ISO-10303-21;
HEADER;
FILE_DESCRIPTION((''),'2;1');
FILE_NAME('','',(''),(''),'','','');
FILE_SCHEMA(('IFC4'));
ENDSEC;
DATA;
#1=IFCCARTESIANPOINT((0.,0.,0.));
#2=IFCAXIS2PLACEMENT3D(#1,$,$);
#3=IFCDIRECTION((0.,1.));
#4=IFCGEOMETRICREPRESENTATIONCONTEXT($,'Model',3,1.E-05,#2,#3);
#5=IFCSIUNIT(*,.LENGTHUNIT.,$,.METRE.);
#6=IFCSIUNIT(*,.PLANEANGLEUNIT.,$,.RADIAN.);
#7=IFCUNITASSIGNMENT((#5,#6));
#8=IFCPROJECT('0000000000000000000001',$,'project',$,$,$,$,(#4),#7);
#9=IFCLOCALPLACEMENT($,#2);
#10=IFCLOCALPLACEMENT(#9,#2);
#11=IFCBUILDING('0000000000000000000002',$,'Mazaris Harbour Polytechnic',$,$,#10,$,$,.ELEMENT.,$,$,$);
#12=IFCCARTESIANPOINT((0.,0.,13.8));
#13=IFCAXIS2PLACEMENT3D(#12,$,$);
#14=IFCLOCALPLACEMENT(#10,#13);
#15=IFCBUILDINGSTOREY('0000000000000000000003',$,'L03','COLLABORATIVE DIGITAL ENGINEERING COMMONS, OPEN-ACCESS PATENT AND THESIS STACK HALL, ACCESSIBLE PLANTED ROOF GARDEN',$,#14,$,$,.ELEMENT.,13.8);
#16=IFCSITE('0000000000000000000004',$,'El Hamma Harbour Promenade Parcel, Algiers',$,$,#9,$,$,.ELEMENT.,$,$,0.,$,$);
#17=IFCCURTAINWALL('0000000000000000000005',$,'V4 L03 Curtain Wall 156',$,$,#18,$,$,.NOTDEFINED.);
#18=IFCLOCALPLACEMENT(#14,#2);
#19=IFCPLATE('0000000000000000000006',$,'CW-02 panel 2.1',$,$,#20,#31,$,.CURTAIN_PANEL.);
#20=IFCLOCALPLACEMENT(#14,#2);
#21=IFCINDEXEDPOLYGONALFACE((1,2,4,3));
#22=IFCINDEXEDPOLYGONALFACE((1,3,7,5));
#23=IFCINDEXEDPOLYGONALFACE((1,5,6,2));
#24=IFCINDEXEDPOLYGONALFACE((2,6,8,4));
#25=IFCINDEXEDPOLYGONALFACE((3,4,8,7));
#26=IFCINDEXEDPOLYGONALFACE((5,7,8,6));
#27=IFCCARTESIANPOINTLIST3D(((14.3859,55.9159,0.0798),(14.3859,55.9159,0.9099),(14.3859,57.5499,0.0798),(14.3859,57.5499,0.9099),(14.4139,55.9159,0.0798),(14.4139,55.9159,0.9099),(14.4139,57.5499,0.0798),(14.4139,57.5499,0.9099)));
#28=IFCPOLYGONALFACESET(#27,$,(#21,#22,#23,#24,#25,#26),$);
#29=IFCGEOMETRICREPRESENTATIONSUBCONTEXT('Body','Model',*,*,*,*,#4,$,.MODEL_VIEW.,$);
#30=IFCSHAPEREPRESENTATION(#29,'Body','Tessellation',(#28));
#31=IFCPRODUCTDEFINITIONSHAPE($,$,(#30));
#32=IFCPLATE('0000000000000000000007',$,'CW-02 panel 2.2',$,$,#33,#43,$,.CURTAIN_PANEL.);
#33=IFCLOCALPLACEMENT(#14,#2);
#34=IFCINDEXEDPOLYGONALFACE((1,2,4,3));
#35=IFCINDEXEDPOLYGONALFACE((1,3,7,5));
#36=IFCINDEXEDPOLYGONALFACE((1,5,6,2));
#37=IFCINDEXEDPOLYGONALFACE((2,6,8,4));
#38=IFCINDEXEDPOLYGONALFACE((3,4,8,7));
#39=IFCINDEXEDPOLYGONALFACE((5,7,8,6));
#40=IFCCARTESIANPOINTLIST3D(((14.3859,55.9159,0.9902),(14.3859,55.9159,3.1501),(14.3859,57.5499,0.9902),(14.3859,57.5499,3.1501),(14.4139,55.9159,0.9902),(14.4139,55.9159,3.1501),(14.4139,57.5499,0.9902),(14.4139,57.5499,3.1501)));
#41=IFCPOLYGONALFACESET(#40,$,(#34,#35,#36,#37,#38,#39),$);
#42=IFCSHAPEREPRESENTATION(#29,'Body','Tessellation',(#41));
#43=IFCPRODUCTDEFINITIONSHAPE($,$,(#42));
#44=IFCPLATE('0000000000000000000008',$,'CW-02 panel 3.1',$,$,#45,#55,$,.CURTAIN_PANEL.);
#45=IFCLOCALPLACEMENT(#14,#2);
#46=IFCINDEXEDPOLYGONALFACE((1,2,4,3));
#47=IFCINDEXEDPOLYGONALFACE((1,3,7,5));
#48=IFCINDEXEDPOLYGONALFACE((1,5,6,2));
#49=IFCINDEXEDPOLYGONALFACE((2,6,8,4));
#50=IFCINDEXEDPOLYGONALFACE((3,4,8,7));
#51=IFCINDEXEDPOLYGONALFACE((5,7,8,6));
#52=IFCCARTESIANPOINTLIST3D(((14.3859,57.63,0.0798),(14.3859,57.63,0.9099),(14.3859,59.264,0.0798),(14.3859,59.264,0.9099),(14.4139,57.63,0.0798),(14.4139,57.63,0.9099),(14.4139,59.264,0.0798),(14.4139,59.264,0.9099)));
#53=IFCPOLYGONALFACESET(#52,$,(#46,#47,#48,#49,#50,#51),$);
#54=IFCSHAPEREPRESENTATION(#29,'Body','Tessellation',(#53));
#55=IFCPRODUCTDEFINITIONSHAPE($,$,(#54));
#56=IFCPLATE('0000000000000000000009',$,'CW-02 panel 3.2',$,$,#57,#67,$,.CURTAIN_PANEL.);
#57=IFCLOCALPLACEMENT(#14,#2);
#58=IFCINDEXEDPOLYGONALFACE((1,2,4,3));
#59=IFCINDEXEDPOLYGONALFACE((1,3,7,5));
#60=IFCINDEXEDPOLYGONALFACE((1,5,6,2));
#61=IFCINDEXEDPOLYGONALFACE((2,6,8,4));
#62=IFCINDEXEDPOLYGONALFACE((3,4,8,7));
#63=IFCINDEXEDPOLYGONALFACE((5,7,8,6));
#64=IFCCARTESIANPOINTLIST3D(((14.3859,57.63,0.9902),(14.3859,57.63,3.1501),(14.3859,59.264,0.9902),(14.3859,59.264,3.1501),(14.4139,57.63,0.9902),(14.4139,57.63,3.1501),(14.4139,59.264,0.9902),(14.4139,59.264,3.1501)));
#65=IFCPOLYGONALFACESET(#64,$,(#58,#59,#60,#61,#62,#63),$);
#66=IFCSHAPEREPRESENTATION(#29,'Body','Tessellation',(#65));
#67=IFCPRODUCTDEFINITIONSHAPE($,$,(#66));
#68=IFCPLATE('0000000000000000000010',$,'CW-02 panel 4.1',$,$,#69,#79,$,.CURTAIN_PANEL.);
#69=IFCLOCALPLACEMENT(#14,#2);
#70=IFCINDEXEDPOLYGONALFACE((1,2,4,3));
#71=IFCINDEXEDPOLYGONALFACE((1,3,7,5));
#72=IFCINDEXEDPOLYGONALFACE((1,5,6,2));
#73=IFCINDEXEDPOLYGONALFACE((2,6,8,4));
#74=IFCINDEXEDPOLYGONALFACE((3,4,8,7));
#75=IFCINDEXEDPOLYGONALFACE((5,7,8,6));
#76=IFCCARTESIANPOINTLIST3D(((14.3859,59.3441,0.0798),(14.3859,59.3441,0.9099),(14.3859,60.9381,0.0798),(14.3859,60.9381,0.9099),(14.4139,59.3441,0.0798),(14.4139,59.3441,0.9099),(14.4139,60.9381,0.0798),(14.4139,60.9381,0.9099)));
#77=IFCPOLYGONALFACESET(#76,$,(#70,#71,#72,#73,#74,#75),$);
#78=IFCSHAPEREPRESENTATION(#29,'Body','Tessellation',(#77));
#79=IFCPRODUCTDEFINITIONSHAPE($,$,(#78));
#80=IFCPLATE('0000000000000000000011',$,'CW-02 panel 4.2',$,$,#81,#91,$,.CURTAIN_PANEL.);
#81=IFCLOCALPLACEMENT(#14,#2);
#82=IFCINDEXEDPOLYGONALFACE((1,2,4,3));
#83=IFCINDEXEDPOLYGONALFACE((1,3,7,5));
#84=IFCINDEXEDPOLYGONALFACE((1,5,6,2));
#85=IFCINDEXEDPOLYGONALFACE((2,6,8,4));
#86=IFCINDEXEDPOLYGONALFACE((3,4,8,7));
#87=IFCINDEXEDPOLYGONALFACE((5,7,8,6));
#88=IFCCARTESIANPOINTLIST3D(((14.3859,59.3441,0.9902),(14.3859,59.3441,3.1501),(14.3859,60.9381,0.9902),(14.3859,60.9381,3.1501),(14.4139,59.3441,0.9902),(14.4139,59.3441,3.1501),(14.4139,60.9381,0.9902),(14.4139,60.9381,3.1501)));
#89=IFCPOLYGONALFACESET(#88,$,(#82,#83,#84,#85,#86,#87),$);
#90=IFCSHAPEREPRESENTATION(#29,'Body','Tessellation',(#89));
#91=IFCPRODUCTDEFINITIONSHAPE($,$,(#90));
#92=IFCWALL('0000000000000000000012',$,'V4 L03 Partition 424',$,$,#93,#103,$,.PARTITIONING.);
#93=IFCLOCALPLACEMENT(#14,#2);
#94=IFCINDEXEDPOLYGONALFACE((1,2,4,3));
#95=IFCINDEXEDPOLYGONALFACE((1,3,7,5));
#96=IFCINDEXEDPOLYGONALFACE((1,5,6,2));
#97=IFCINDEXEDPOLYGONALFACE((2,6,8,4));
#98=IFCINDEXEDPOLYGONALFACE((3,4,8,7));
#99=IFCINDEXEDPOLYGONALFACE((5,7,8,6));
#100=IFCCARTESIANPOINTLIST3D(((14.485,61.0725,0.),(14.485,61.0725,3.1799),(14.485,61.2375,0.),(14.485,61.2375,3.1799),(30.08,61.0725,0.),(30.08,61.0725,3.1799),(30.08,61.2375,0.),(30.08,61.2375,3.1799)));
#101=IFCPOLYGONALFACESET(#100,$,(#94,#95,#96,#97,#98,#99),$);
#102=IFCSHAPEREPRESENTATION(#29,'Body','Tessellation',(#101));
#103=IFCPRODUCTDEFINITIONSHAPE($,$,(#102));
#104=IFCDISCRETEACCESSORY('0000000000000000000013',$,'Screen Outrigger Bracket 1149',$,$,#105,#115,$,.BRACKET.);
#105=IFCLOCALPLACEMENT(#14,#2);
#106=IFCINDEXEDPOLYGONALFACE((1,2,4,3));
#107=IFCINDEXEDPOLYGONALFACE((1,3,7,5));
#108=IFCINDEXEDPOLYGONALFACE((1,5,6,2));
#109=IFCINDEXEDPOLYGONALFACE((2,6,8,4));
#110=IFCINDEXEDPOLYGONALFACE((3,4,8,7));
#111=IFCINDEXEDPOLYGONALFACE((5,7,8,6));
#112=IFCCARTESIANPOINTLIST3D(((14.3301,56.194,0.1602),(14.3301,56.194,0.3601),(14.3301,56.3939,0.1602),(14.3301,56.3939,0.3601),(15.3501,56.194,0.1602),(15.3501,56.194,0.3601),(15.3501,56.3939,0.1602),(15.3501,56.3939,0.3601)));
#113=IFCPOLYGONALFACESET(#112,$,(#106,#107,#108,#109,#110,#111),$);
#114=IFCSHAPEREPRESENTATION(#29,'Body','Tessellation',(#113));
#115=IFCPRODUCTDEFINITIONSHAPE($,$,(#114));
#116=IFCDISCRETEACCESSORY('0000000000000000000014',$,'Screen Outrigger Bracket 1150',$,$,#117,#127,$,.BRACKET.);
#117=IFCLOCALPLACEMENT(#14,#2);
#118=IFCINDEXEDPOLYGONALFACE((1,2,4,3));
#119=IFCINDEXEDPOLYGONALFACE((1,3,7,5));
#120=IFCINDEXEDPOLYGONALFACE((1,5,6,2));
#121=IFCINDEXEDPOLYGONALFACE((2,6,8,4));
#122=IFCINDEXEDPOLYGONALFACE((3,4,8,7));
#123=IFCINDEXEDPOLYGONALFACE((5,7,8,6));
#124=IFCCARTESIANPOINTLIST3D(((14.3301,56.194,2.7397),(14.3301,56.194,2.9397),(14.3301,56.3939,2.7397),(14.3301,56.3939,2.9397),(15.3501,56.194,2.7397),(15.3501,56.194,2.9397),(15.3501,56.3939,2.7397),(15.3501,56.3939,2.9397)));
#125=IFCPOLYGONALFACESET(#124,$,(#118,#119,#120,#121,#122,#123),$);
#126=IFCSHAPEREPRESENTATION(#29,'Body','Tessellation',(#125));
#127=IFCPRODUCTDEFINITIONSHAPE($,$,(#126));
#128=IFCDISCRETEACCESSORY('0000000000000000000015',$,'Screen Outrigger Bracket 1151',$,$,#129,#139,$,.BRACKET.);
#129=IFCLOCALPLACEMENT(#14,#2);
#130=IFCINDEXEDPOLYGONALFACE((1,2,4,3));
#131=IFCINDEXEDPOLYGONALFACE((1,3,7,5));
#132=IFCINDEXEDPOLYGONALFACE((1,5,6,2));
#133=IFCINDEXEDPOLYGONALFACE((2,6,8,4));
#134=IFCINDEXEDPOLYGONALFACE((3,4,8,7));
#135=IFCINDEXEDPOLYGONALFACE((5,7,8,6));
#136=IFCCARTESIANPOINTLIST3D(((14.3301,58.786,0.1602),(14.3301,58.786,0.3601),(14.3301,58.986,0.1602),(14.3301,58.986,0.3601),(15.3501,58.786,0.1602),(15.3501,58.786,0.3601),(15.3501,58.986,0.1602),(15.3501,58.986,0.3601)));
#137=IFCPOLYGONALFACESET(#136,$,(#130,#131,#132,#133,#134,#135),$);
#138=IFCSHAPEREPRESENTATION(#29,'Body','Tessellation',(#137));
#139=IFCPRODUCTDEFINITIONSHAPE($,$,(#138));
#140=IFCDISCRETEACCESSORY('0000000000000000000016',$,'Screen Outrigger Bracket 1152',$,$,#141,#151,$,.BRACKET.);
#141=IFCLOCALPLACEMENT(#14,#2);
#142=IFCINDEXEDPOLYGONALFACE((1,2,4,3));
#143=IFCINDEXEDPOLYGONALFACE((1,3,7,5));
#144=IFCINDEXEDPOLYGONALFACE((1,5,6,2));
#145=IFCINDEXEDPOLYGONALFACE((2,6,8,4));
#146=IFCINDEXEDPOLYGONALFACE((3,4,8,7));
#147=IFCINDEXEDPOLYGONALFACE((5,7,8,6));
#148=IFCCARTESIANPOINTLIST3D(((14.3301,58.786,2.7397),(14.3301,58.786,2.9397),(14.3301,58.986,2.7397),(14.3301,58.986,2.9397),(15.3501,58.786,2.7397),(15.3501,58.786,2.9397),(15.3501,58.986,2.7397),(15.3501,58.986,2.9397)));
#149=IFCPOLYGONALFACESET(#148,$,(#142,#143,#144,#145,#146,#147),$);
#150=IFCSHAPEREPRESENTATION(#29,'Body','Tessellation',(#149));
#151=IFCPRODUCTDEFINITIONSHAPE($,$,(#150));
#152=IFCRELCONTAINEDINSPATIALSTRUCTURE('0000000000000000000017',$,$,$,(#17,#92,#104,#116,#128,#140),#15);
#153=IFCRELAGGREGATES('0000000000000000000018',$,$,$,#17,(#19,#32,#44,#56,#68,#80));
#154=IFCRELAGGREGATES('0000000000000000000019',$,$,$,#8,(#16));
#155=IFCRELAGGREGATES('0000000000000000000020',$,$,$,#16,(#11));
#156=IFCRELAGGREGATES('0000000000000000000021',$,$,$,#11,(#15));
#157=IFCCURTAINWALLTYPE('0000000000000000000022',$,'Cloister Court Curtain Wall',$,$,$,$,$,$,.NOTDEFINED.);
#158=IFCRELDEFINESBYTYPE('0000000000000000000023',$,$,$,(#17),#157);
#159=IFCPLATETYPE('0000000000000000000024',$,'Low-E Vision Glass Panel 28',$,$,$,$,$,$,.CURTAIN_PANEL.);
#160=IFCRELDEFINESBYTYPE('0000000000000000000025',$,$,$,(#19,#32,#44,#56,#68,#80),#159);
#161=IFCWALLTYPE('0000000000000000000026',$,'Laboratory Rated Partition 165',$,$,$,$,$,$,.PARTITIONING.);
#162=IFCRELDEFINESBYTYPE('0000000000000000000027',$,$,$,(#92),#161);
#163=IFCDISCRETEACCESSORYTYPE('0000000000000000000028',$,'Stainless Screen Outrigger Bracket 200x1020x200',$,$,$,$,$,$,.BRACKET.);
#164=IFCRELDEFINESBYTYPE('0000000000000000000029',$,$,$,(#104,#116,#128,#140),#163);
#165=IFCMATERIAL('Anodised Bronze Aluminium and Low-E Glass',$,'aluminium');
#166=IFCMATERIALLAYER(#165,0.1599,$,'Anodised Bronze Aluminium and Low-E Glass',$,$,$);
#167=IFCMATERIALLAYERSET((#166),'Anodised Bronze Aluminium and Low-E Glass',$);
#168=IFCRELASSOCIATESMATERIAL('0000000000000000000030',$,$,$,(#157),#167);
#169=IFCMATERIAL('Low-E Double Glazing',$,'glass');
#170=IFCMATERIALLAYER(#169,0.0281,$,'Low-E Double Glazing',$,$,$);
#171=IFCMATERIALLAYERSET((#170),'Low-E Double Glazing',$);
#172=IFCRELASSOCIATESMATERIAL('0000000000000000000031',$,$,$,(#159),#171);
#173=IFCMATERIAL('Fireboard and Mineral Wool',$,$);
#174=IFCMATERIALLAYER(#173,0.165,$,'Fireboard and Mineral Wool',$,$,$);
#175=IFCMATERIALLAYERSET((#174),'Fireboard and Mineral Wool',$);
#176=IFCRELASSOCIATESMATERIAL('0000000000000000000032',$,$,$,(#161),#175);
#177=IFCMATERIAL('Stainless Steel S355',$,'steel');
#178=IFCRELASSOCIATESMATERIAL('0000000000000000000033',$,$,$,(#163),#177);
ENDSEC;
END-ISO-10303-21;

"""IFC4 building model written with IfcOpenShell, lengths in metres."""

from ifc_helpers import new_model, si_unit, direction, frame, frame_2d, origin, origin_2d, place, context, subcontext, project, spatial, rectangle, extrude, material, layer, layer_set, type_object, element, aggregate, save


model = new_model("IFC4")

# Units and contexts
model_context = context("Model", 3, precision=1e-05, world=origin(), true_north=direction((0.0, 1.0)))
body_context = subcontext(model_context, "Body", "Model", "MODEL_VIEW")
ifc_project = project(units=[si_unit("LENGTHUNIT", "METRE"), si_unit("PLANEANGLEUNIT", "RADIAN")], contexts=[model_context])

# Site, building, storey
site_placement = place(None, origin())
site = spatial("IfcSite", under=ifc_project, at=site_placement, Name="El Hamma Harbour Promenade Parcel, Algiers", CompositionType="ELEMENT", RefElevation=0.0)
building_placement = place(site_placement, origin())
building = spatial("IfcBuilding", under=site, at=building_placement, Name="Mazaris Harbour Polytechnic", CompositionType="ELEMENT")
storey_placement = place(building_placement, frame((0.0, 0.0, 13.8)))
storey = spatial("IfcBuildingStorey", under=building, at=storey_placement, Name="L03", Description="COLLABORATIVE DIGITAL ENGINEERING COMMONS, OPEN-ACCESS PATENT AND THESIS STACK HALL, ACCESSIBLE PLANTED ROOF GARDEN", CompositionType="ELEMENT", Elevation=13.8)

# Curtain wall
ifc_material_1 = material(Name="Anodised Bronze Aluminium and Low-E Glass", Category="aluminium")
ifc_layer_1 = layer(ifc_material_1, 0.1599, Name="Anodised Bronze Aluminium and Low-E Glass")
ifc_layer_set_1 = layer_set([ifc_layer_1], Name="Anodised Bronze Aluminium and Low-E Glass")
curtain_wall_type = type_object("IfcCurtainWallType", Name="Cloister Court Curtain Wall", PredefinedType="NOTDEFINED", material=ifc_layer_set_1)
curtain_wall_placement = place(storey_placement, origin())
curtain_wall = element("IfcCurtainWall", 1, at=curtain_wall_placement, inside=storey, type_object=curtain_wall_type, Name="V4 L03 Curtain Wall 156", PredefinedType="NOTDEFINED")

# Plates
ifc_material_2 = material(Name="Low-E Double Glazing", Category="glass")
ifc_layer_2 = layer(ifc_material_2, 0.0281, Name="Low-E Double Glazing")
ifc_layer_set_2 = layer_set([ifc_layer_2], Name="Low-E Double Glazing")
plate_type = type_object("IfcPlateType", Name="Low-E Vision Glass Panel 28", PredefinedType="CURTAIN_PANEL", material=ifc_layer_set_2)
plate_1_placement = place(storey_placement, frame((14.3999, 56.7329, 0.0798), z_axis=(0.0, 0.0, 1.0), x_axis=(0.0, 1.0, 0.0)))
plate_1 = element("IfcPlate", 2, at=plate_1_placement, type_object=plate_type, Name="CW-02 panel 2.1", PredefinedType="CURTAIN_PANEL", context=body_context, shape_type="SweptSolid", body=[
    extrude(rectangle(XDim=1.634, YDim=0.0281, at=origin_2d()), origin(), (0.0, 0.0, 1.0), 0.8301),
])
plate_2_placement = place(storey_placement, frame((14.3999, 56.7329, 0.9902), z_axis=(0.0, 0.0, 1.0), x_axis=(0.0, 1.0, 0.0)))
plate_2 = element("IfcPlate", 3, at=plate_2_placement, type_object=plate_type, Name="CW-02 panel 2.2", PredefinedType="CURTAIN_PANEL", context=body_context, shape_type="SweptSolid", body=[
    extrude(rectangle(XDim=1.634, YDim=0.0281, at=origin_2d()), origin(), (0.0, 0.0, 1.0), 2.1599),
])
plate_3_placement = place(storey_placement, frame((14.3999, 58.447, 0.0798), z_axis=(0.0, 0.0, 1.0), x_axis=(0.0, 1.0, 0.0)))
plate_3 = element("IfcPlate", 4, at=plate_3_placement, type_object=plate_type, Name="CW-02 panel 3.1", PredefinedType="CURTAIN_PANEL", context=body_context, shape_type="SweptSolid", body=[
    extrude(rectangle(XDim=1.634, YDim=0.0281, at=origin_2d()), origin(), (0.0, 0.0, 1.0), 0.8301),
])
plate_4_placement = place(storey_placement, frame((14.3999, 58.447, 0.9902), z_axis=(0.0, 0.0, 1.0), x_axis=(0.0, 1.0, 0.0)))
plate_4 = element("IfcPlate", 5, at=plate_4_placement, type_object=plate_type, Name="CW-02 panel 3.2", PredefinedType="CURTAIN_PANEL", context=body_context, shape_type="SweptSolid", body=[
    extrude(rectangle(XDim=1.634, YDim=0.0281, at=origin_2d()), origin(), (0.0, 0.0, 1.0), 2.1599),
])
plate_5_placement = place(storey_placement, frame((14.3999, 60.1411, 0.0798), z_axis=(0.0, 0.0, 1.0), x_axis=(0.0, 1.0, 0.0)))
plate_5 = element("IfcPlate", 6, at=plate_5_placement, type_object=plate_type, Name="CW-02 panel 4.1", PredefinedType="CURTAIN_PANEL", context=body_context, shape_type="SweptSolid", body=[
    extrude(rectangle(XDim=1.594, YDim=0.0281, at=origin_2d()), origin(), (0.0, 0.0, 1.0), 0.8301),
])
plate_6_placement = place(storey_placement, frame((14.3999, 60.1411, 0.9902), z_axis=(0.0, 0.0, 1.0), x_axis=(0.0, 1.0, 0.0)))
plate_6 = element("IfcPlate", 7, at=plate_6_placement, type_object=plate_type, Name="CW-02 panel 4.2", PredefinedType="CURTAIN_PANEL", context=body_context, shape_type="SweptSolid", body=[
    extrude(rectangle(XDim=1.594, YDim=0.0281, at=origin_2d()), origin(), (0.0, 0.0, 1.0), 2.1599),
])
aggregate(curtain_wall, [plate_1, plate_2, plate_3, plate_4, plate_5, plate_6])

# Wall
ifc_material_3 = material(Name="Fireboard and Mineral Wool")
ifc_layer_3 = layer(ifc_material_3, 0.165, Name="Fireboard and Mineral Wool")
ifc_layer_set_3 = layer_set([ifc_layer_3], Name="Fireboard and Mineral Wool")
wall_type = type_object("IfcWallType", Name="Laboratory Rated Partition 165", PredefinedType="PARTITIONING", material=ifc_layer_set_3)
wall_placement = place(storey_placement, frame((14.4851, 61.155, 0.0), z_axis=(0.0, 0.0, 1.0), x_axis=(1.0, 0.0, 0.0)))
element("IfcWall", 8, at=wall_placement, inside=storey, type_object=wall_type, Name="V4 L03 Partition 424", PredefinedType="PARTITIONING", context=body_context, shape_type="SweptSolid", body=[
    extrude(rectangle(XDim=15.595, YDim=0.165, at=frame_2d((7.7974, 0.0))), origin(), (0.0, 0.0, 1.0), 3.1799),
])

# Discrete accessories
ifc_material_4 = material(Name="Stainless Steel S355", Category="steel")
discrete_accessory_type = type_object("IfcDiscreteAccessoryType", Name="Stainless Screen Outrigger Bracket 200x1020x200", PredefinedType="BRACKET", material=ifc_material_4)
for number, where, z_axis, x_axis, name in (
    (9, (14.8401, 56.2939, 0.1602), (0.0, 0.0, 1.0), (0.0, 1.0, 0.0), "Screen Outrigger Bracket 1149"),
    (10, (14.8401, 56.2939, 2.7397), (0.0, 0.0, 1.0), (0.0, 1.0, 0.0), "Screen Outrigger Bracket 1150"),
    (11, (14.8401, 58.886, 0.1602), (0.0, 0.0, 1.0), (0.0, 1.0, 0.0), "Screen Outrigger Bracket 1151"),
    (12, (14.8401, 58.886, 2.7397), (0.0, 0.0, 1.0), (0.0, 1.0, 0.0), "Screen Outrigger Bracket 1152"),
):
    element("IfcDiscreteAccessory", number, at=place(storey_placement, frame(where, z_axis=z_axis, x_axis=x_axis)), inside=storey, type_object=discrete_accessory_type, Name=name, PredefinedType="BRACKET", context=body_context, shape_type="SweptSolid", body=[
        extrude(rectangle(XDim=0.2, YDim=1.02, at=origin_2d()), origin(), (0.0, 0.0, 1.0), 0.2),
    ])

save(model, "model.ifc")
